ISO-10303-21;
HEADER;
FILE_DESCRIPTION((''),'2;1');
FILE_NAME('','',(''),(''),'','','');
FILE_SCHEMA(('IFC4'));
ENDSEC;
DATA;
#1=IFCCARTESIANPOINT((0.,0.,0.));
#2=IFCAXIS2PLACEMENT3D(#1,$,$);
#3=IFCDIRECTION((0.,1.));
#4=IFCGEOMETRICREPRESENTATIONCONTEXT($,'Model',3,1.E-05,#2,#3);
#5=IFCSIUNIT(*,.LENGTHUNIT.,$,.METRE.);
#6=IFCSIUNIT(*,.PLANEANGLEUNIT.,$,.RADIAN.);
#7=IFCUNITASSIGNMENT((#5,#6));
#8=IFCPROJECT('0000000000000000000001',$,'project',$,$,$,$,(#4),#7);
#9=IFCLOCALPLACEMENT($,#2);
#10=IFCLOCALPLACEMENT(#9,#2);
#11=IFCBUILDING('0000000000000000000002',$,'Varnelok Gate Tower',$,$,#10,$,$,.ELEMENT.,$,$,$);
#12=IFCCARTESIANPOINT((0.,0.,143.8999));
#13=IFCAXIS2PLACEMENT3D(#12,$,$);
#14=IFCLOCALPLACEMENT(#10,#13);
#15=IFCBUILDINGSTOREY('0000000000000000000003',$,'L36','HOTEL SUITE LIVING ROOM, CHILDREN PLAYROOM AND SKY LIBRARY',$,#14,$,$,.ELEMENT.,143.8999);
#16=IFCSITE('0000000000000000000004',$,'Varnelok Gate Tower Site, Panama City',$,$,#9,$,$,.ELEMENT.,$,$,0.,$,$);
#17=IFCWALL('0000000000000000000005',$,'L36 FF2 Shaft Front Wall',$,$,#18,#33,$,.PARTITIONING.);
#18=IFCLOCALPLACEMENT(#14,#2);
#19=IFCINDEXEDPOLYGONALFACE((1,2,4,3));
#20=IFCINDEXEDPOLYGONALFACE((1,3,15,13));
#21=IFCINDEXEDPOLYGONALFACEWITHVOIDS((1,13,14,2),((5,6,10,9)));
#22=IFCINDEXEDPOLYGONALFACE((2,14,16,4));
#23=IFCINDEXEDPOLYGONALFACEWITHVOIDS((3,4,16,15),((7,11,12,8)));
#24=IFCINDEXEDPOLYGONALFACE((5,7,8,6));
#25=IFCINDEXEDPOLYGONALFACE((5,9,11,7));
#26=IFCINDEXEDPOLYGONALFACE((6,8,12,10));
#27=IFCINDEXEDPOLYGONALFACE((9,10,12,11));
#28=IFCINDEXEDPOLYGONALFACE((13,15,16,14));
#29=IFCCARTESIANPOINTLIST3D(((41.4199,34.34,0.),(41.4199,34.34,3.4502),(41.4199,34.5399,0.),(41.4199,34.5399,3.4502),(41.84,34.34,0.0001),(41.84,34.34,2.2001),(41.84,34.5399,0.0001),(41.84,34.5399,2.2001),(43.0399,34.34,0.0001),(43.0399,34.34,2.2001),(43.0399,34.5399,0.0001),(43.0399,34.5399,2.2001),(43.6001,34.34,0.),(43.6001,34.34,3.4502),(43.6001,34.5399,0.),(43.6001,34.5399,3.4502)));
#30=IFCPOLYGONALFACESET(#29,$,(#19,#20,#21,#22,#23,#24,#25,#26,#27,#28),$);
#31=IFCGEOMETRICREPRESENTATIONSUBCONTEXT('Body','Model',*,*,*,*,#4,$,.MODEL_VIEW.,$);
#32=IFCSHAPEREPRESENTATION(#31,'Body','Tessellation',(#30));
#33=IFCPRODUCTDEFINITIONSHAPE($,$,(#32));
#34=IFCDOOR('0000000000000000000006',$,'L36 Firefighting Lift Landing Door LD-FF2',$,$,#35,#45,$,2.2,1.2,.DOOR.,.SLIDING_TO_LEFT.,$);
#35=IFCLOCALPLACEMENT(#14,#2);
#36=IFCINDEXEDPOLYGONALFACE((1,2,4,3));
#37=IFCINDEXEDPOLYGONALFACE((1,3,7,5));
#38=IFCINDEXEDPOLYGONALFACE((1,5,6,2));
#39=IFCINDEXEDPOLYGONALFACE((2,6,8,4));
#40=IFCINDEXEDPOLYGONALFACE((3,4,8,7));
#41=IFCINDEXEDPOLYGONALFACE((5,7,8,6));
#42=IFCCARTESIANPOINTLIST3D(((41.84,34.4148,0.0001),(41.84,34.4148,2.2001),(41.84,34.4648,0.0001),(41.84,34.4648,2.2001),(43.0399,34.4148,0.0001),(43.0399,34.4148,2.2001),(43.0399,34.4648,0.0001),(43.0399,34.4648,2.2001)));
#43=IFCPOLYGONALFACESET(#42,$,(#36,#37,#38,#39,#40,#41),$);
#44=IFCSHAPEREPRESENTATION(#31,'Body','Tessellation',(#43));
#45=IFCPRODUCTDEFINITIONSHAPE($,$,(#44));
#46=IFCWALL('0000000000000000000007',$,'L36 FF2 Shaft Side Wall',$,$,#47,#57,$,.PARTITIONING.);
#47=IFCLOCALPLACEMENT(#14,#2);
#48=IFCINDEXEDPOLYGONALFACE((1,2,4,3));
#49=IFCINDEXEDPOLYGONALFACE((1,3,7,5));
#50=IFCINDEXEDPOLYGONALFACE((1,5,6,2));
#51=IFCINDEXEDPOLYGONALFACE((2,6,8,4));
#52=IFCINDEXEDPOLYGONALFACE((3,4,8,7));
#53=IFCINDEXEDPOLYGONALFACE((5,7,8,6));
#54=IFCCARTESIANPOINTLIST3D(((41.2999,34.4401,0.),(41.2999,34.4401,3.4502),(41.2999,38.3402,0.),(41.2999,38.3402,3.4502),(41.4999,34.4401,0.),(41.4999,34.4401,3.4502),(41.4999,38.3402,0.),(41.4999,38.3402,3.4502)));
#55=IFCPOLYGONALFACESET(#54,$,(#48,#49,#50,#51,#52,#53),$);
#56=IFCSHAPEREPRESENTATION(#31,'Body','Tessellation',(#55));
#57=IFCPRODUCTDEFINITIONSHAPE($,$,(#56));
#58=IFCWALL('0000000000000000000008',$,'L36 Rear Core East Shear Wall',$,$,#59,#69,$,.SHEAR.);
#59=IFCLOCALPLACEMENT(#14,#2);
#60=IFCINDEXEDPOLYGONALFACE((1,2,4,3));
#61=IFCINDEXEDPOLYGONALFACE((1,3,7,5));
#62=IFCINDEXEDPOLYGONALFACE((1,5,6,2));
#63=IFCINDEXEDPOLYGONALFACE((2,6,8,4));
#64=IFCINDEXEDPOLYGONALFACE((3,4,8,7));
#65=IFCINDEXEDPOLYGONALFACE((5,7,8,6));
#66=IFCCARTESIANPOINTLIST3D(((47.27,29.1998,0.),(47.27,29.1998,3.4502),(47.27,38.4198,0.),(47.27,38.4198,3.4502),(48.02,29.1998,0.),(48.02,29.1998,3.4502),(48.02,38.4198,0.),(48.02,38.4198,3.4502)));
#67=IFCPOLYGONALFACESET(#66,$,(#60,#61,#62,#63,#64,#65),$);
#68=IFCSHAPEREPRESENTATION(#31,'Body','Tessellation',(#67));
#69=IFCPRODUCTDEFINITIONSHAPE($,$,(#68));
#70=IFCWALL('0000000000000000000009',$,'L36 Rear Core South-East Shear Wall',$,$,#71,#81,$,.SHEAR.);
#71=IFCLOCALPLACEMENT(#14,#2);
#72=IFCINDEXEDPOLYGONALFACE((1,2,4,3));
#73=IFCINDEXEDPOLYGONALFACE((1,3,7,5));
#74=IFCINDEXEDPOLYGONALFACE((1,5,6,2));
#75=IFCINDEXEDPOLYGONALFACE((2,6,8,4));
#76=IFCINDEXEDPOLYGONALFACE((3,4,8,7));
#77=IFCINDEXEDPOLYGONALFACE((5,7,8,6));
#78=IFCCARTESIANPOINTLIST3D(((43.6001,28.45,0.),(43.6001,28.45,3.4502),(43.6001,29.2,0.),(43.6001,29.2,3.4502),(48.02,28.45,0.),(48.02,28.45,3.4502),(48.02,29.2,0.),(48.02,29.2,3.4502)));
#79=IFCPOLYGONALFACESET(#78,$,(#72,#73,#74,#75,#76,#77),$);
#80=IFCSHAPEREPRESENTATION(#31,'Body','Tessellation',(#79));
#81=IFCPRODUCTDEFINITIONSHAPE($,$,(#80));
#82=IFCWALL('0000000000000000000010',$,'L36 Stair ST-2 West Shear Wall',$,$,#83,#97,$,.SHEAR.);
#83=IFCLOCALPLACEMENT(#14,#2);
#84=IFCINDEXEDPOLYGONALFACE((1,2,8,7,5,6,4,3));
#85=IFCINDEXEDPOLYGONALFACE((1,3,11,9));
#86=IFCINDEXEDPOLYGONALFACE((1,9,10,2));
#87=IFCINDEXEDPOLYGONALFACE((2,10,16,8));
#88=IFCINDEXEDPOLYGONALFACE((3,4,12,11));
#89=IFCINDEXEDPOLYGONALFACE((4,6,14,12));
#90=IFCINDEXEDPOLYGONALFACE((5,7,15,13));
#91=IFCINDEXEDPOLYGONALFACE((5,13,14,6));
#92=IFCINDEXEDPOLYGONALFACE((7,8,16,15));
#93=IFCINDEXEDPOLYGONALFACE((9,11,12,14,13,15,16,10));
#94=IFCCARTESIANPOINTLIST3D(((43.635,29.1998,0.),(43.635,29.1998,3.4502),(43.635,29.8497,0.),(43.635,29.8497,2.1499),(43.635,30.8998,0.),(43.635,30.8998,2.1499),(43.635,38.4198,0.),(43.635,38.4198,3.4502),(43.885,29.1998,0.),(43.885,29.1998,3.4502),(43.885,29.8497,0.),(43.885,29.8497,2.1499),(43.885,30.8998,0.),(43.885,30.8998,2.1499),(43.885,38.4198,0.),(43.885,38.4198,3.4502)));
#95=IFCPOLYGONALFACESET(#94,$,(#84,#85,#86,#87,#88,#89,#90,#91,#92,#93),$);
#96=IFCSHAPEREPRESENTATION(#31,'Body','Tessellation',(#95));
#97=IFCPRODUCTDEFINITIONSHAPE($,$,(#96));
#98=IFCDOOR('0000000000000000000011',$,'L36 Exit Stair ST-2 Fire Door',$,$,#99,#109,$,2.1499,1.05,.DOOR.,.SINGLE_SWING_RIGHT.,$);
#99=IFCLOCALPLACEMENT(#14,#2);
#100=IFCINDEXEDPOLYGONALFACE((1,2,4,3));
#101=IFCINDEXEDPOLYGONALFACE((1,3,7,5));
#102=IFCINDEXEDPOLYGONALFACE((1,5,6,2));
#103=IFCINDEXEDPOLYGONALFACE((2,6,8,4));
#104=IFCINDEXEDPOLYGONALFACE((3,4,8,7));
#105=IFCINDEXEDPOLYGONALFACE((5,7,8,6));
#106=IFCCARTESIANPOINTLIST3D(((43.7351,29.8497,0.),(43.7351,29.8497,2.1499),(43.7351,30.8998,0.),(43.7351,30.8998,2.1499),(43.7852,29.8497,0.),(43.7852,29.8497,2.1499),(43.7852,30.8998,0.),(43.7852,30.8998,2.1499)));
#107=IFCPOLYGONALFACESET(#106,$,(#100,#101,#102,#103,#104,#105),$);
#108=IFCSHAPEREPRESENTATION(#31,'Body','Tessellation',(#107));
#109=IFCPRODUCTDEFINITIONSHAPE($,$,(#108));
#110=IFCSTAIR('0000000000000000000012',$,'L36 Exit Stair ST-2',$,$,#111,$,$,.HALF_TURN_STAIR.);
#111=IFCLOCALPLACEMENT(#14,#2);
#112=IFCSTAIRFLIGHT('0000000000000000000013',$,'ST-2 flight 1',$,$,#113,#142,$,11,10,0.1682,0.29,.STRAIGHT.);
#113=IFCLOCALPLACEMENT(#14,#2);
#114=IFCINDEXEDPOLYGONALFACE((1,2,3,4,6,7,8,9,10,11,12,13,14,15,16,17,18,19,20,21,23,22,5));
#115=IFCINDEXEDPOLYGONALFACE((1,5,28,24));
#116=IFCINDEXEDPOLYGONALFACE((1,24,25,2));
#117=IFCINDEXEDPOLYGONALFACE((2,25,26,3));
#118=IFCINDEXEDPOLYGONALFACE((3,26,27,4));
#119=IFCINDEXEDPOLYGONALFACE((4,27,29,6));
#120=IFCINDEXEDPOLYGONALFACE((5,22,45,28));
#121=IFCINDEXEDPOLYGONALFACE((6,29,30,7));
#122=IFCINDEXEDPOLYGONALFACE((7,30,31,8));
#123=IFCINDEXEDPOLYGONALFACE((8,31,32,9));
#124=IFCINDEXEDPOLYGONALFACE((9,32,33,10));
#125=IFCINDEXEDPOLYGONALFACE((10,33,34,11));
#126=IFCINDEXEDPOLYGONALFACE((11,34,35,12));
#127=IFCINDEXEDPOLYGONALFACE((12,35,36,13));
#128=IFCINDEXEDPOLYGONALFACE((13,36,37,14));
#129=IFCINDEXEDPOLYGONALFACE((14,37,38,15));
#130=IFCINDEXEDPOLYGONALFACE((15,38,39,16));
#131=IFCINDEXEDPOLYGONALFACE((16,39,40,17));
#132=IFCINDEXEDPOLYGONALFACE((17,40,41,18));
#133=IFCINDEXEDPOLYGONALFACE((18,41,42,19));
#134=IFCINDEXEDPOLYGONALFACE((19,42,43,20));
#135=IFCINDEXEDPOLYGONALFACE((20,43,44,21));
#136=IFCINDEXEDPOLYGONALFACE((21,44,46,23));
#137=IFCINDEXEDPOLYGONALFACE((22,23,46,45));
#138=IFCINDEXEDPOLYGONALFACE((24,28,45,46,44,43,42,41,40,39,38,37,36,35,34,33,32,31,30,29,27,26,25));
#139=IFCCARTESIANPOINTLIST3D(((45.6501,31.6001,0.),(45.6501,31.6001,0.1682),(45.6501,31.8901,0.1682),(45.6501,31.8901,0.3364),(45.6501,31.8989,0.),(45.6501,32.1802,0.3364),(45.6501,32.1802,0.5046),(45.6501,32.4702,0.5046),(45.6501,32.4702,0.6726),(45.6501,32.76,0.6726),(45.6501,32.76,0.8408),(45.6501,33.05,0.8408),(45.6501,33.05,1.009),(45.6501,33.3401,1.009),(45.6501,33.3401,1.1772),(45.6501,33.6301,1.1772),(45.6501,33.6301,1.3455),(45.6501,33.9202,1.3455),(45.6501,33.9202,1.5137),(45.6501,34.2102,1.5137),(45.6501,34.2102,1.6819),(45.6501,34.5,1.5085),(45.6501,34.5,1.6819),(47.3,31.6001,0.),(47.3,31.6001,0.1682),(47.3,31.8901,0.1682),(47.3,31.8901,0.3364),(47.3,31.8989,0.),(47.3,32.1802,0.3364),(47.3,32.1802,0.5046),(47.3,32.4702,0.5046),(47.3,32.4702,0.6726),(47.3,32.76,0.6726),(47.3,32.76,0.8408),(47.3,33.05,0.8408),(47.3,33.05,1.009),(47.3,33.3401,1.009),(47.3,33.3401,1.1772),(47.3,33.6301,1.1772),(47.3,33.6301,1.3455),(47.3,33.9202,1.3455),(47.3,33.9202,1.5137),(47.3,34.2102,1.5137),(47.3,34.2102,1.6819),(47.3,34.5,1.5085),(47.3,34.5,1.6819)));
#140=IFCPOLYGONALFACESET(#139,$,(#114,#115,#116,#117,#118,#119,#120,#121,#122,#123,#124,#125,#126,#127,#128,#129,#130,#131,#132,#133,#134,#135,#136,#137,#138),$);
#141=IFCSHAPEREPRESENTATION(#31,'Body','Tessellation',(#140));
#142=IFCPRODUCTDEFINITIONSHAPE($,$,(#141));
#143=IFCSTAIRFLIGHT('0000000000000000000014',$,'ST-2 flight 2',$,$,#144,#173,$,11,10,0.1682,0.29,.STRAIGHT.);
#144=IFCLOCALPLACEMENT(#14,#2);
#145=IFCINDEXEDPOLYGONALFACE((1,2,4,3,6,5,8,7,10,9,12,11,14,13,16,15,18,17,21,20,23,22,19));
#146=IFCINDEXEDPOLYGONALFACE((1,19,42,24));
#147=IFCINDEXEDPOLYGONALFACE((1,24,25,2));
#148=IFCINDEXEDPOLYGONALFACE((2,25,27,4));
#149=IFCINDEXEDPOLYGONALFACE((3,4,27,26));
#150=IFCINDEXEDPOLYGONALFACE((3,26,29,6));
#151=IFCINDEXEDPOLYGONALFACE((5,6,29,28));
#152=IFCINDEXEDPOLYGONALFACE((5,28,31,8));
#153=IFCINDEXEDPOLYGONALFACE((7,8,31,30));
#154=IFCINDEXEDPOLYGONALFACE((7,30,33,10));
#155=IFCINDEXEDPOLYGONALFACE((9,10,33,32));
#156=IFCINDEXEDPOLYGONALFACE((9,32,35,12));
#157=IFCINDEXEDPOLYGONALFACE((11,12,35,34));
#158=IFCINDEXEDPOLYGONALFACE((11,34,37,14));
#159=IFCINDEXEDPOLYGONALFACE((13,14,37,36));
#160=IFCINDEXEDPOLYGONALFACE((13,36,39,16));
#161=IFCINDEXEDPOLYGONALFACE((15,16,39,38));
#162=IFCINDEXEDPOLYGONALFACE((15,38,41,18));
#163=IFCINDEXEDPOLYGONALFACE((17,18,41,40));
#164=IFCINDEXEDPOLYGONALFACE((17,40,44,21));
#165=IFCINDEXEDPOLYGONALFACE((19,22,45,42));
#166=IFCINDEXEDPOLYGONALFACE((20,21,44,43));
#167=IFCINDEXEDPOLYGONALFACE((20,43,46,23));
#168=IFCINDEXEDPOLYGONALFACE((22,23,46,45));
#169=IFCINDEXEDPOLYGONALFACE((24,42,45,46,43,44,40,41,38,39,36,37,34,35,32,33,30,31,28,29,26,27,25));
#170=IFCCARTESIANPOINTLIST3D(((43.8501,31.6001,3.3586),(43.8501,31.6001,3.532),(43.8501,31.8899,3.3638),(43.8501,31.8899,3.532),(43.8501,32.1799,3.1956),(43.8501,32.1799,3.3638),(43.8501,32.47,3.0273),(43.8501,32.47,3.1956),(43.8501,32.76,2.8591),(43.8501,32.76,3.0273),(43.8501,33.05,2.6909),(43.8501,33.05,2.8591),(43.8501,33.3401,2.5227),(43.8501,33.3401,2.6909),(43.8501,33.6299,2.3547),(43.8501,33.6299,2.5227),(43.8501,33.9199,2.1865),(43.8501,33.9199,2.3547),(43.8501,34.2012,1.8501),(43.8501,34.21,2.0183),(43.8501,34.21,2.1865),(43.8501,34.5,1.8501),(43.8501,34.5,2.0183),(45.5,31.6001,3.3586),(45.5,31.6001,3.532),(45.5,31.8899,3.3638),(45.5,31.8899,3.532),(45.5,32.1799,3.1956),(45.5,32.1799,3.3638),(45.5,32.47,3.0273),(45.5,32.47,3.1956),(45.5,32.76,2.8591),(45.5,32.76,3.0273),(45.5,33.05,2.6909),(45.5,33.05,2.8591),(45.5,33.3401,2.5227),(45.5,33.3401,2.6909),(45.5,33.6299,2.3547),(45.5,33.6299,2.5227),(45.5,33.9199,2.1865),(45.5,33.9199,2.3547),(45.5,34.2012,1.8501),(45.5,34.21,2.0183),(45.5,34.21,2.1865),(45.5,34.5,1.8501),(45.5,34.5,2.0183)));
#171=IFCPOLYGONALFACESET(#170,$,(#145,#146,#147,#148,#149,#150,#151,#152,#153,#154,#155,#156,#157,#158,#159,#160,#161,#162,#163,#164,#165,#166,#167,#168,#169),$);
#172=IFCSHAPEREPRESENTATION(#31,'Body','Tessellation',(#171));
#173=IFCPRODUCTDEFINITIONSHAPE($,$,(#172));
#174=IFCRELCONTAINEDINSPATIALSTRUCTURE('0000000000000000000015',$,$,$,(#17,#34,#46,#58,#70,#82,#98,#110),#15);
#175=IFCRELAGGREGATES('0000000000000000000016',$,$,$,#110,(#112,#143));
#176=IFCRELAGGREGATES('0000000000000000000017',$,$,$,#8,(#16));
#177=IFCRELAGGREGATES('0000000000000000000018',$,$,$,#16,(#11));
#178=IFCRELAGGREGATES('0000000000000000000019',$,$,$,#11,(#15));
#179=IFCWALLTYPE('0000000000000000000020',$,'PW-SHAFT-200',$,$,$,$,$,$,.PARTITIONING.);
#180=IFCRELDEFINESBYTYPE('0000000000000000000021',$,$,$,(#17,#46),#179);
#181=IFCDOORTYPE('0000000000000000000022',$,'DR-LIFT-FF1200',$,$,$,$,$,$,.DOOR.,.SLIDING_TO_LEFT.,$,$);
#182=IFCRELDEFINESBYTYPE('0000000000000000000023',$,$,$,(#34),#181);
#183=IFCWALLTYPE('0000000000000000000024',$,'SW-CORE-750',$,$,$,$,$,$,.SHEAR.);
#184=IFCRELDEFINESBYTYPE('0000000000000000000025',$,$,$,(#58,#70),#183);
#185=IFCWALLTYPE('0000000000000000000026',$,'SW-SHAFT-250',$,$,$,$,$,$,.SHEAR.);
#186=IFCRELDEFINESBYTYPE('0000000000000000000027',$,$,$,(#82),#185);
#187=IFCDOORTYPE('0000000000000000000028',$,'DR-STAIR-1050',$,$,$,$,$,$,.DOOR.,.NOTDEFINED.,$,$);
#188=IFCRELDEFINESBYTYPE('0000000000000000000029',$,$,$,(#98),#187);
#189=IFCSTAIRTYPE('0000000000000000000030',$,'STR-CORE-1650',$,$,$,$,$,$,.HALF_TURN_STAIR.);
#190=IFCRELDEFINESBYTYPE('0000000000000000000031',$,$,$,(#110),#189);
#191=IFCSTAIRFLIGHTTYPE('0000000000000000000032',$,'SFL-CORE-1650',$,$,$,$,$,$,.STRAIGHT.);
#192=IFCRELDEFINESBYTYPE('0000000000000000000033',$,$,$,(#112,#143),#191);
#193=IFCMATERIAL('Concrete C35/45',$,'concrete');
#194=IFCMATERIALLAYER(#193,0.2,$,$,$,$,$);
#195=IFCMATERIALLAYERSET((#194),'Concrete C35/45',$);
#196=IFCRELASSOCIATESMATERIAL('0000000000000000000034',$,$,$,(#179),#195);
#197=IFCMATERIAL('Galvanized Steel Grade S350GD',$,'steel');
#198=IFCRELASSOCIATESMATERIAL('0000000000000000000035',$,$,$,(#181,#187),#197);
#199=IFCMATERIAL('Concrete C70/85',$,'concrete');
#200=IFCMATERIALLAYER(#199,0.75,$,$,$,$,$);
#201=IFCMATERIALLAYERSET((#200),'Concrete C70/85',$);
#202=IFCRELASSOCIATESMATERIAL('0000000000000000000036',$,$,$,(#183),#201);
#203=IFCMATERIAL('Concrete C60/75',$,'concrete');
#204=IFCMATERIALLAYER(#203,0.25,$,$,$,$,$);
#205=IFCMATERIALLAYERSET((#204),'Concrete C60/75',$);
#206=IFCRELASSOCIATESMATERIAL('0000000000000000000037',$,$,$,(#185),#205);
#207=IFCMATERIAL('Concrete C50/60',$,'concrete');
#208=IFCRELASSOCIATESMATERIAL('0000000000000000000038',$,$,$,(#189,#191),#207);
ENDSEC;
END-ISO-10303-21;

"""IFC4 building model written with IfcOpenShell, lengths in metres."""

from ifc_helpers import new_model, si_unit, direction, frame, frame_2d, origin, place, context, subcontext, project, spatial, polyline, rectangle, outline, extrude, material, layer, layer_set, type_object, element, fill, aggregate, save


model = new_model("IFC4")

# Units and contexts
model_context = context("Model", 3, precision=1e-05, world=origin(), true_north=direction((0.0, 1.0)))
body_context = subcontext(model_context, "Body", "Model", "MODEL_VIEW")
ifc_project = project(units=[si_unit("LENGTHUNIT", "METRE"), si_unit("PLANEANGLEUNIT", "RADIAN")], contexts=[model_context])

# Site, building, storey
site_placement = place(None, origin())
site = spatial("IfcSite", under=ifc_project, at=site_placement, Name="Varnelok Gate Tower Site, Panama City", CompositionType="ELEMENT", RefElevation=0.0)
building_placement = place(site_placement, origin())
building = spatial("IfcBuilding", under=site, at=building_placement, Name="Varnelok Gate Tower", CompositionType="ELEMENT")
storey_placement = place(building_placement, frame((0.0, 0.0, 143.8999)))
storey = spatial("IfcBuildingStorey", under=building, at=storey_placement, Name="L36", Description="HOTEL SUITE LIVING ROOM, CHILDREN PLAYROOM AND SKY LIBRARY", CompositionType="ELEMENT", Elevation=143.8999)

# Shared definitions
ifc_material_1 = material(Name="Concrete C60/75", Category="concrete")

# Shared definitions
ifc_material_2 = material(Name="Galvanized Steel Grade S350GD", Category="steel")

# Shared definitions
ifc_material_3 = material(Name="Concrete C35/45", Category="concrete")
ifc_layer_1 = layer(ifc_material_3, 0.2)
ifc_layer_set_1 = layer_set([ifc_layer_1], Name="Concrete C35/45")
wall_type_1 = type_object("IfcWallType", Name="PW-SHAFT-200", PredefinedType="PARTITIONING", material=ifc_layer_set_1)

# Wall, opening, door
wall_1_placement = place(storey_placement, frame((41.4199, 34.4399, 0.0), z_axis=(0.0, 0.0, 1.0), x_axis=(1.0, 0.0, 0.0)))
wall_1 = element("IfcWall", 1, at=wall_1_placement, inside=storey, type_object=wall_type_1, Name="L36 FF2 Shaft Front Wall", PredefinedType="PARTITIONING", context=body_context, shape_type="SweptSolid", body=[
    extrude(rectangle(XDim=2.1802, YDim=0.2, at=frame_2d((1.0901, 0.0))), origin(), (0.0, 0.0, 1.0), 3.4502),
])
opening_1_placement = place(wall_1_placement, frame((0.4199, 0.0, 0.0)))
opening_1 = element("IfcOpeningElement", 2, at=opening_1_placement, cuts=wall_1, PredefinedType="OPENING", context=body_context, shape_type="SweptSolid", body=[
    extrude(rectangle(XDim=1.2, YDim=2.2, at=frame_2d((0.6001, 1.1001))), frame((0.0, 0.1099, 0.0), z_axis=(0.0, -1.0, 0.0), x_axis=(1.0, 0.0, 0.0)), (0.0, 0.0, 1.0), 0.22),
])
door_type_1 = type_object("IfcDoorType", Name="DR-LIFT-FF1200", OperationType="SLIDING_TO_LEFT", PredefinedType="DOOR", material=ifc_material_2)
door_1_placement = place(opening_1_placement, origin())
door_1 = element("IfcDoor", 3, at=door_1_placement, inside=storey, type_object=door_type_1, Name="L36 Firefighting Lift Landing Door LD-FF2", OperationType="SLIDING_TO_LEFT", OverallHeight=2.2, OverallWidth=1.2, PredefinedType="DOOR", context=body_context, shape_type="SweptSolid", body=[
    extrude(rectangle(XDim=1.2, YDim=2.2, at=frame_2d((0.6001, 1.1001))), frame((0.0, 0.0249, 0.0), z_axis=(0.0, -1.0, 0.0), x_axis=(1.0, 0.0, 0.0)), (0.0, 0.0, 1.0), 0.05),
])
fill(opening_1, door_1)

# Walls
wall_2_placement = place(storey_placement, frame((41.3999, 34.4399, 0.0), z_axis=(0.0, 0.0, 1.0), x_axis=(0.0, 1.0, 0.0)))
element("IfcWall", 4, at=wall_2_placement, inside=storey, type_object=wall_type_1, Name="L36 FF2 Shaft Side Wall", PredefinedType="PARTITIONING", context=body_context, shape_type="SweptSolid", body=[
    extrude(rectangle(XDim=3.9001, YDim=0.2, at=frame_2d((1.9502, 0.0))), origin(), (0.0, 0.0, 1.0), 3.4502),
])
ifc_material_4 = material(Name="Concrete C70/85", Category="concrete")
ifc_layer_2 = layer(ifc_material_4, 0.75)
ifc_layer_set_2 = layer_set([ifc_layer_2], Name="Concrete C70/85")
wall_type_2 = type_object("IfcWallType", Name="SW-CORE-750", PredefinedType="SHEAR", material=ifc_layer_set_2)
wall_3_placement = place(storey_placement, frame((47.645, 29.2, 0.0), z_axis=(0.0, 0.0, 1.0), x_axis=(0.0, 1.0, 0.0)))
element("IfcWall", 5, at=wall_3_placement, inside=storey, type_object=wall_type_2, Name="L36 Rear Core East Shear Wall", PredefinedType="SHEAR", context=body_context, shape_type="SweptSolid", body=[
    extrude(rectangle(XDim=9.22, YDim=0.75, at=frame_2d((4.6099, 0.0))), origin(), (0.0, 0.0, 1.0), 3.4502),
])
wall_4_placement = place(storey_placement, frame((43.6001, 28.825, 0.0), z_axis=(0.0, 0.0, 1.0), x_axis=(1.0, 0.0, 0.0)))
element("IfcWall", 6, at=wall_4_placement, inside=storey, type_object=wall_type_2, Name="L36 Rear Core South-East Shear Wall", PredefinedType="SHEAR", context=body_context, shape_type="SweptSolid", body=[
    extrude(rectangle(XDim=4.4199, YDim=0.75, at=frame_2d((2.21, 0.0))), origin(), (0.0, 0.0, 1.0), 3.4502),
])

# Wall, opening, door
ifc_layer_3 = layer(ifc_material_1, 0.25)
ifc_layer_set_3 = layer_set([ifc_layer_3], Name="Concrete C60/75")
wall_type_3 = type_object("IfcWallType", Name="SW-SHAFT-250", PredefinedType="SHEAR", material=ifc_layer_set_3)
wall_5_placement = place(storey_placement, frame((43.76, 29.2, 0.0), z_axis=(0.0, 0.0, 1.0), x_axis=(0.0, 1.0, 0.0)))
wall_5 = element("IfcWall", 7, at=wall_5_placement, inside=storey, type_object=wall_type_3, Name="L36 Stair ST-2 West Shear Wall", PredefinedType="SHEAR", context=body_context, shape_type="SweptSolid", body=[
    extrude(rectangle(XDim=9.22, YDim=0.25, at=frame_2d((4.6099, 0.0))), origin(), (0.0, 0.0, 1.0), 3.4502),
])
opening_2_placement = place(wall_5_placement, frame((0.6499, 0.0, 0.0)))
opening_2 = element("IfcOpeningElement", 8, at=opening_2_placement, cuts=wall_5, PredefinedType="OPENING", context=body_context, shape_type="SweptSolid", body=[
    extrude(rectangle(XDim=1.05, YDim=2.1499, at=frame_2d((0.5249, 1.075))), frame((0.0, 0.135, 0.0), z_axis=(0.0, -1.0, 0.0), x_axis=(1.0, 0.0, 0.0)), (0.0, 0.0, 1.0), 0.27),
])
door_type_2 = type_object("IfcDoorType", Name="DR-STAIR-1050", OperationType="NOTDEFINED", PredefinedType="DOOR", material=ifc_material_2)
door_2_placement = place(opening_2_placement, origin())
door_2 = element("IfcDoor", 9, at=door_2_placement, inside=storey, type_object=door_type_2, Name="L36 Exit Stair ST-2 Fire Door", OperationType="SINGLE_SWING_RIGHT", OverallHeight=2.1499, OverallWidth=1.05, PredefinedType="DOOR", context=body_context, shape_type="SweptSolid", body=[
    extrude(rectangle(XDim=1.05, YDim=2.1499, at=frame_2d((0.5249, 1.075))), frame((0.0, 0.0249, 0.0), z_axis=(0.0, -1.0, 0.0), x_axis=(1.0, 0.0, 0.0)), (0.0, 0.0, 1.0), 0.05),
])
fill(opening_2, door_2)

# Stair, stair flights
ifc_material_5 = material(Name="Concrete C50/60", Category="concrete")
stair_type = type_object("IfcStairType", Name="STR-CORE-1650", PredefinedType="HALF_TURN_STAIR", material=ifc_material_5)
stair_placement = place(storey_placement, origin())
stair = element("IfcStair", 10, at=stair_placement, inside=storey, type_object=stair_type, Name="L36 Exit Stair ST-2", PredefinedType="HALF_TURN_STAIR")
stair_flight_type = type_object("IfcStairFlightType", Name="SFL-CORE-1650", PredefinedType="STRAIGHT", material=ifc_material_5)
stair_flight_1_placement = place(storey_placement, frame((46.4751, 31.6001, 0.0), z_axis=(0.0, 0.0, 1.0), x_axis=(0.0, 1.0, 0.0)))
stair_flight_1 = element("IfcStairFlight", 11, at=stair_flight_1_placement, type_object=stair_flight_type, Name="ST-2 flight 1", NumberOfRisers=11, NumberOfTreads=10, PredefinedType="STRAIGHT", RiserHeight=0.1682, TreadLength=0.29, context=body_context, shape_type="SweptSolid", body=[
    extrude(outline(polyline([(0.0, 0.0), (0.0, 0.1682), (0.29, 0.1682), (0.29, 0.3364), (0.5801, 0.3364), (0.5801, 0.5046), (0.8701, 0.5046), (0.8701, 0.6726), (1.1599, 0.6726), (1.1599, 0.8408), (1.45, 0.8408), (1.45, 1.009), (1.74, 1.009), (1.74, 1.1772), (2.03, 1.1772), (2.03, 1.3455), (2.3201, 1.3455), (2.3201, 1.5137), (2.6101, 1.5137), (2.6101, 1.6819), (2.8999, 1.6819), (2.8999, 1.8501), (2.8999, 1.5085), (0.2988, 0.0), (0.0, 0.0)])), frame((0.0, 0.825, 0.0), z_axis=(0.0, -1.0, 0.0), x_axis=(1.0, 0.0, 0.0)), (0.0, 0.0, 1.0), 1.6499),
])
stair_flight_2_placement = place(storey_placement, frame((44.675, 34.5, 1.8501), z_axis=(0.0, 0.0, 1.0), x_axis=(0.0, -1.0, 0.0)))
stair_flight_2 = element("IfcStairFlight", 12, at=stair_flight_2_placement, type_object=stair_flight_type, Name="ST-2 flight 2", NumberOfRisers=11, NumberOfTreads=10, PredefinedType="STRAIGHT", RiserHeight=0.1682, TreadLength=0.29, context=body_context, shape_type="SweptSolid", body=[
    extrude(outline(polyline([(0.0, 0.0), (0.0, 0.1682), (0.29, 0.1682), (0.29, 0.3364), (0.5801, 0.3364), (0.5801, 0.5046), (0.8701, 0.5046), (0.8701, 0.6726), (1.1599, 0.6726), (1.1599, 0.8408), (1.45, 0.8408), (1.45, 1.009), (1.74, 1.009), (1.74, 1.1772), (2.03, 1.1772), (2.03, 1.3455), (2.3201, 1.3455), (2.3201, 1.5137), (2.6101, 1.5137), (2.6101, 1.6819), (2.8999, 1.6819), (2.8999, 1.8501), (2.8999, 1.5085), (0.2988, 0.0), (0.0, 0.0)])), frame((0.0, 0.825, 0.0), z_axis=(0.0, -1.0, 0.0), x_axis=(1.0, 0.0, 0.0)), (0.0, 0.0, 1.0), 1.6499),
])
aggregate(stair, [stair_flight_1, stair_flight_2])

save(model, "model.ifc")
